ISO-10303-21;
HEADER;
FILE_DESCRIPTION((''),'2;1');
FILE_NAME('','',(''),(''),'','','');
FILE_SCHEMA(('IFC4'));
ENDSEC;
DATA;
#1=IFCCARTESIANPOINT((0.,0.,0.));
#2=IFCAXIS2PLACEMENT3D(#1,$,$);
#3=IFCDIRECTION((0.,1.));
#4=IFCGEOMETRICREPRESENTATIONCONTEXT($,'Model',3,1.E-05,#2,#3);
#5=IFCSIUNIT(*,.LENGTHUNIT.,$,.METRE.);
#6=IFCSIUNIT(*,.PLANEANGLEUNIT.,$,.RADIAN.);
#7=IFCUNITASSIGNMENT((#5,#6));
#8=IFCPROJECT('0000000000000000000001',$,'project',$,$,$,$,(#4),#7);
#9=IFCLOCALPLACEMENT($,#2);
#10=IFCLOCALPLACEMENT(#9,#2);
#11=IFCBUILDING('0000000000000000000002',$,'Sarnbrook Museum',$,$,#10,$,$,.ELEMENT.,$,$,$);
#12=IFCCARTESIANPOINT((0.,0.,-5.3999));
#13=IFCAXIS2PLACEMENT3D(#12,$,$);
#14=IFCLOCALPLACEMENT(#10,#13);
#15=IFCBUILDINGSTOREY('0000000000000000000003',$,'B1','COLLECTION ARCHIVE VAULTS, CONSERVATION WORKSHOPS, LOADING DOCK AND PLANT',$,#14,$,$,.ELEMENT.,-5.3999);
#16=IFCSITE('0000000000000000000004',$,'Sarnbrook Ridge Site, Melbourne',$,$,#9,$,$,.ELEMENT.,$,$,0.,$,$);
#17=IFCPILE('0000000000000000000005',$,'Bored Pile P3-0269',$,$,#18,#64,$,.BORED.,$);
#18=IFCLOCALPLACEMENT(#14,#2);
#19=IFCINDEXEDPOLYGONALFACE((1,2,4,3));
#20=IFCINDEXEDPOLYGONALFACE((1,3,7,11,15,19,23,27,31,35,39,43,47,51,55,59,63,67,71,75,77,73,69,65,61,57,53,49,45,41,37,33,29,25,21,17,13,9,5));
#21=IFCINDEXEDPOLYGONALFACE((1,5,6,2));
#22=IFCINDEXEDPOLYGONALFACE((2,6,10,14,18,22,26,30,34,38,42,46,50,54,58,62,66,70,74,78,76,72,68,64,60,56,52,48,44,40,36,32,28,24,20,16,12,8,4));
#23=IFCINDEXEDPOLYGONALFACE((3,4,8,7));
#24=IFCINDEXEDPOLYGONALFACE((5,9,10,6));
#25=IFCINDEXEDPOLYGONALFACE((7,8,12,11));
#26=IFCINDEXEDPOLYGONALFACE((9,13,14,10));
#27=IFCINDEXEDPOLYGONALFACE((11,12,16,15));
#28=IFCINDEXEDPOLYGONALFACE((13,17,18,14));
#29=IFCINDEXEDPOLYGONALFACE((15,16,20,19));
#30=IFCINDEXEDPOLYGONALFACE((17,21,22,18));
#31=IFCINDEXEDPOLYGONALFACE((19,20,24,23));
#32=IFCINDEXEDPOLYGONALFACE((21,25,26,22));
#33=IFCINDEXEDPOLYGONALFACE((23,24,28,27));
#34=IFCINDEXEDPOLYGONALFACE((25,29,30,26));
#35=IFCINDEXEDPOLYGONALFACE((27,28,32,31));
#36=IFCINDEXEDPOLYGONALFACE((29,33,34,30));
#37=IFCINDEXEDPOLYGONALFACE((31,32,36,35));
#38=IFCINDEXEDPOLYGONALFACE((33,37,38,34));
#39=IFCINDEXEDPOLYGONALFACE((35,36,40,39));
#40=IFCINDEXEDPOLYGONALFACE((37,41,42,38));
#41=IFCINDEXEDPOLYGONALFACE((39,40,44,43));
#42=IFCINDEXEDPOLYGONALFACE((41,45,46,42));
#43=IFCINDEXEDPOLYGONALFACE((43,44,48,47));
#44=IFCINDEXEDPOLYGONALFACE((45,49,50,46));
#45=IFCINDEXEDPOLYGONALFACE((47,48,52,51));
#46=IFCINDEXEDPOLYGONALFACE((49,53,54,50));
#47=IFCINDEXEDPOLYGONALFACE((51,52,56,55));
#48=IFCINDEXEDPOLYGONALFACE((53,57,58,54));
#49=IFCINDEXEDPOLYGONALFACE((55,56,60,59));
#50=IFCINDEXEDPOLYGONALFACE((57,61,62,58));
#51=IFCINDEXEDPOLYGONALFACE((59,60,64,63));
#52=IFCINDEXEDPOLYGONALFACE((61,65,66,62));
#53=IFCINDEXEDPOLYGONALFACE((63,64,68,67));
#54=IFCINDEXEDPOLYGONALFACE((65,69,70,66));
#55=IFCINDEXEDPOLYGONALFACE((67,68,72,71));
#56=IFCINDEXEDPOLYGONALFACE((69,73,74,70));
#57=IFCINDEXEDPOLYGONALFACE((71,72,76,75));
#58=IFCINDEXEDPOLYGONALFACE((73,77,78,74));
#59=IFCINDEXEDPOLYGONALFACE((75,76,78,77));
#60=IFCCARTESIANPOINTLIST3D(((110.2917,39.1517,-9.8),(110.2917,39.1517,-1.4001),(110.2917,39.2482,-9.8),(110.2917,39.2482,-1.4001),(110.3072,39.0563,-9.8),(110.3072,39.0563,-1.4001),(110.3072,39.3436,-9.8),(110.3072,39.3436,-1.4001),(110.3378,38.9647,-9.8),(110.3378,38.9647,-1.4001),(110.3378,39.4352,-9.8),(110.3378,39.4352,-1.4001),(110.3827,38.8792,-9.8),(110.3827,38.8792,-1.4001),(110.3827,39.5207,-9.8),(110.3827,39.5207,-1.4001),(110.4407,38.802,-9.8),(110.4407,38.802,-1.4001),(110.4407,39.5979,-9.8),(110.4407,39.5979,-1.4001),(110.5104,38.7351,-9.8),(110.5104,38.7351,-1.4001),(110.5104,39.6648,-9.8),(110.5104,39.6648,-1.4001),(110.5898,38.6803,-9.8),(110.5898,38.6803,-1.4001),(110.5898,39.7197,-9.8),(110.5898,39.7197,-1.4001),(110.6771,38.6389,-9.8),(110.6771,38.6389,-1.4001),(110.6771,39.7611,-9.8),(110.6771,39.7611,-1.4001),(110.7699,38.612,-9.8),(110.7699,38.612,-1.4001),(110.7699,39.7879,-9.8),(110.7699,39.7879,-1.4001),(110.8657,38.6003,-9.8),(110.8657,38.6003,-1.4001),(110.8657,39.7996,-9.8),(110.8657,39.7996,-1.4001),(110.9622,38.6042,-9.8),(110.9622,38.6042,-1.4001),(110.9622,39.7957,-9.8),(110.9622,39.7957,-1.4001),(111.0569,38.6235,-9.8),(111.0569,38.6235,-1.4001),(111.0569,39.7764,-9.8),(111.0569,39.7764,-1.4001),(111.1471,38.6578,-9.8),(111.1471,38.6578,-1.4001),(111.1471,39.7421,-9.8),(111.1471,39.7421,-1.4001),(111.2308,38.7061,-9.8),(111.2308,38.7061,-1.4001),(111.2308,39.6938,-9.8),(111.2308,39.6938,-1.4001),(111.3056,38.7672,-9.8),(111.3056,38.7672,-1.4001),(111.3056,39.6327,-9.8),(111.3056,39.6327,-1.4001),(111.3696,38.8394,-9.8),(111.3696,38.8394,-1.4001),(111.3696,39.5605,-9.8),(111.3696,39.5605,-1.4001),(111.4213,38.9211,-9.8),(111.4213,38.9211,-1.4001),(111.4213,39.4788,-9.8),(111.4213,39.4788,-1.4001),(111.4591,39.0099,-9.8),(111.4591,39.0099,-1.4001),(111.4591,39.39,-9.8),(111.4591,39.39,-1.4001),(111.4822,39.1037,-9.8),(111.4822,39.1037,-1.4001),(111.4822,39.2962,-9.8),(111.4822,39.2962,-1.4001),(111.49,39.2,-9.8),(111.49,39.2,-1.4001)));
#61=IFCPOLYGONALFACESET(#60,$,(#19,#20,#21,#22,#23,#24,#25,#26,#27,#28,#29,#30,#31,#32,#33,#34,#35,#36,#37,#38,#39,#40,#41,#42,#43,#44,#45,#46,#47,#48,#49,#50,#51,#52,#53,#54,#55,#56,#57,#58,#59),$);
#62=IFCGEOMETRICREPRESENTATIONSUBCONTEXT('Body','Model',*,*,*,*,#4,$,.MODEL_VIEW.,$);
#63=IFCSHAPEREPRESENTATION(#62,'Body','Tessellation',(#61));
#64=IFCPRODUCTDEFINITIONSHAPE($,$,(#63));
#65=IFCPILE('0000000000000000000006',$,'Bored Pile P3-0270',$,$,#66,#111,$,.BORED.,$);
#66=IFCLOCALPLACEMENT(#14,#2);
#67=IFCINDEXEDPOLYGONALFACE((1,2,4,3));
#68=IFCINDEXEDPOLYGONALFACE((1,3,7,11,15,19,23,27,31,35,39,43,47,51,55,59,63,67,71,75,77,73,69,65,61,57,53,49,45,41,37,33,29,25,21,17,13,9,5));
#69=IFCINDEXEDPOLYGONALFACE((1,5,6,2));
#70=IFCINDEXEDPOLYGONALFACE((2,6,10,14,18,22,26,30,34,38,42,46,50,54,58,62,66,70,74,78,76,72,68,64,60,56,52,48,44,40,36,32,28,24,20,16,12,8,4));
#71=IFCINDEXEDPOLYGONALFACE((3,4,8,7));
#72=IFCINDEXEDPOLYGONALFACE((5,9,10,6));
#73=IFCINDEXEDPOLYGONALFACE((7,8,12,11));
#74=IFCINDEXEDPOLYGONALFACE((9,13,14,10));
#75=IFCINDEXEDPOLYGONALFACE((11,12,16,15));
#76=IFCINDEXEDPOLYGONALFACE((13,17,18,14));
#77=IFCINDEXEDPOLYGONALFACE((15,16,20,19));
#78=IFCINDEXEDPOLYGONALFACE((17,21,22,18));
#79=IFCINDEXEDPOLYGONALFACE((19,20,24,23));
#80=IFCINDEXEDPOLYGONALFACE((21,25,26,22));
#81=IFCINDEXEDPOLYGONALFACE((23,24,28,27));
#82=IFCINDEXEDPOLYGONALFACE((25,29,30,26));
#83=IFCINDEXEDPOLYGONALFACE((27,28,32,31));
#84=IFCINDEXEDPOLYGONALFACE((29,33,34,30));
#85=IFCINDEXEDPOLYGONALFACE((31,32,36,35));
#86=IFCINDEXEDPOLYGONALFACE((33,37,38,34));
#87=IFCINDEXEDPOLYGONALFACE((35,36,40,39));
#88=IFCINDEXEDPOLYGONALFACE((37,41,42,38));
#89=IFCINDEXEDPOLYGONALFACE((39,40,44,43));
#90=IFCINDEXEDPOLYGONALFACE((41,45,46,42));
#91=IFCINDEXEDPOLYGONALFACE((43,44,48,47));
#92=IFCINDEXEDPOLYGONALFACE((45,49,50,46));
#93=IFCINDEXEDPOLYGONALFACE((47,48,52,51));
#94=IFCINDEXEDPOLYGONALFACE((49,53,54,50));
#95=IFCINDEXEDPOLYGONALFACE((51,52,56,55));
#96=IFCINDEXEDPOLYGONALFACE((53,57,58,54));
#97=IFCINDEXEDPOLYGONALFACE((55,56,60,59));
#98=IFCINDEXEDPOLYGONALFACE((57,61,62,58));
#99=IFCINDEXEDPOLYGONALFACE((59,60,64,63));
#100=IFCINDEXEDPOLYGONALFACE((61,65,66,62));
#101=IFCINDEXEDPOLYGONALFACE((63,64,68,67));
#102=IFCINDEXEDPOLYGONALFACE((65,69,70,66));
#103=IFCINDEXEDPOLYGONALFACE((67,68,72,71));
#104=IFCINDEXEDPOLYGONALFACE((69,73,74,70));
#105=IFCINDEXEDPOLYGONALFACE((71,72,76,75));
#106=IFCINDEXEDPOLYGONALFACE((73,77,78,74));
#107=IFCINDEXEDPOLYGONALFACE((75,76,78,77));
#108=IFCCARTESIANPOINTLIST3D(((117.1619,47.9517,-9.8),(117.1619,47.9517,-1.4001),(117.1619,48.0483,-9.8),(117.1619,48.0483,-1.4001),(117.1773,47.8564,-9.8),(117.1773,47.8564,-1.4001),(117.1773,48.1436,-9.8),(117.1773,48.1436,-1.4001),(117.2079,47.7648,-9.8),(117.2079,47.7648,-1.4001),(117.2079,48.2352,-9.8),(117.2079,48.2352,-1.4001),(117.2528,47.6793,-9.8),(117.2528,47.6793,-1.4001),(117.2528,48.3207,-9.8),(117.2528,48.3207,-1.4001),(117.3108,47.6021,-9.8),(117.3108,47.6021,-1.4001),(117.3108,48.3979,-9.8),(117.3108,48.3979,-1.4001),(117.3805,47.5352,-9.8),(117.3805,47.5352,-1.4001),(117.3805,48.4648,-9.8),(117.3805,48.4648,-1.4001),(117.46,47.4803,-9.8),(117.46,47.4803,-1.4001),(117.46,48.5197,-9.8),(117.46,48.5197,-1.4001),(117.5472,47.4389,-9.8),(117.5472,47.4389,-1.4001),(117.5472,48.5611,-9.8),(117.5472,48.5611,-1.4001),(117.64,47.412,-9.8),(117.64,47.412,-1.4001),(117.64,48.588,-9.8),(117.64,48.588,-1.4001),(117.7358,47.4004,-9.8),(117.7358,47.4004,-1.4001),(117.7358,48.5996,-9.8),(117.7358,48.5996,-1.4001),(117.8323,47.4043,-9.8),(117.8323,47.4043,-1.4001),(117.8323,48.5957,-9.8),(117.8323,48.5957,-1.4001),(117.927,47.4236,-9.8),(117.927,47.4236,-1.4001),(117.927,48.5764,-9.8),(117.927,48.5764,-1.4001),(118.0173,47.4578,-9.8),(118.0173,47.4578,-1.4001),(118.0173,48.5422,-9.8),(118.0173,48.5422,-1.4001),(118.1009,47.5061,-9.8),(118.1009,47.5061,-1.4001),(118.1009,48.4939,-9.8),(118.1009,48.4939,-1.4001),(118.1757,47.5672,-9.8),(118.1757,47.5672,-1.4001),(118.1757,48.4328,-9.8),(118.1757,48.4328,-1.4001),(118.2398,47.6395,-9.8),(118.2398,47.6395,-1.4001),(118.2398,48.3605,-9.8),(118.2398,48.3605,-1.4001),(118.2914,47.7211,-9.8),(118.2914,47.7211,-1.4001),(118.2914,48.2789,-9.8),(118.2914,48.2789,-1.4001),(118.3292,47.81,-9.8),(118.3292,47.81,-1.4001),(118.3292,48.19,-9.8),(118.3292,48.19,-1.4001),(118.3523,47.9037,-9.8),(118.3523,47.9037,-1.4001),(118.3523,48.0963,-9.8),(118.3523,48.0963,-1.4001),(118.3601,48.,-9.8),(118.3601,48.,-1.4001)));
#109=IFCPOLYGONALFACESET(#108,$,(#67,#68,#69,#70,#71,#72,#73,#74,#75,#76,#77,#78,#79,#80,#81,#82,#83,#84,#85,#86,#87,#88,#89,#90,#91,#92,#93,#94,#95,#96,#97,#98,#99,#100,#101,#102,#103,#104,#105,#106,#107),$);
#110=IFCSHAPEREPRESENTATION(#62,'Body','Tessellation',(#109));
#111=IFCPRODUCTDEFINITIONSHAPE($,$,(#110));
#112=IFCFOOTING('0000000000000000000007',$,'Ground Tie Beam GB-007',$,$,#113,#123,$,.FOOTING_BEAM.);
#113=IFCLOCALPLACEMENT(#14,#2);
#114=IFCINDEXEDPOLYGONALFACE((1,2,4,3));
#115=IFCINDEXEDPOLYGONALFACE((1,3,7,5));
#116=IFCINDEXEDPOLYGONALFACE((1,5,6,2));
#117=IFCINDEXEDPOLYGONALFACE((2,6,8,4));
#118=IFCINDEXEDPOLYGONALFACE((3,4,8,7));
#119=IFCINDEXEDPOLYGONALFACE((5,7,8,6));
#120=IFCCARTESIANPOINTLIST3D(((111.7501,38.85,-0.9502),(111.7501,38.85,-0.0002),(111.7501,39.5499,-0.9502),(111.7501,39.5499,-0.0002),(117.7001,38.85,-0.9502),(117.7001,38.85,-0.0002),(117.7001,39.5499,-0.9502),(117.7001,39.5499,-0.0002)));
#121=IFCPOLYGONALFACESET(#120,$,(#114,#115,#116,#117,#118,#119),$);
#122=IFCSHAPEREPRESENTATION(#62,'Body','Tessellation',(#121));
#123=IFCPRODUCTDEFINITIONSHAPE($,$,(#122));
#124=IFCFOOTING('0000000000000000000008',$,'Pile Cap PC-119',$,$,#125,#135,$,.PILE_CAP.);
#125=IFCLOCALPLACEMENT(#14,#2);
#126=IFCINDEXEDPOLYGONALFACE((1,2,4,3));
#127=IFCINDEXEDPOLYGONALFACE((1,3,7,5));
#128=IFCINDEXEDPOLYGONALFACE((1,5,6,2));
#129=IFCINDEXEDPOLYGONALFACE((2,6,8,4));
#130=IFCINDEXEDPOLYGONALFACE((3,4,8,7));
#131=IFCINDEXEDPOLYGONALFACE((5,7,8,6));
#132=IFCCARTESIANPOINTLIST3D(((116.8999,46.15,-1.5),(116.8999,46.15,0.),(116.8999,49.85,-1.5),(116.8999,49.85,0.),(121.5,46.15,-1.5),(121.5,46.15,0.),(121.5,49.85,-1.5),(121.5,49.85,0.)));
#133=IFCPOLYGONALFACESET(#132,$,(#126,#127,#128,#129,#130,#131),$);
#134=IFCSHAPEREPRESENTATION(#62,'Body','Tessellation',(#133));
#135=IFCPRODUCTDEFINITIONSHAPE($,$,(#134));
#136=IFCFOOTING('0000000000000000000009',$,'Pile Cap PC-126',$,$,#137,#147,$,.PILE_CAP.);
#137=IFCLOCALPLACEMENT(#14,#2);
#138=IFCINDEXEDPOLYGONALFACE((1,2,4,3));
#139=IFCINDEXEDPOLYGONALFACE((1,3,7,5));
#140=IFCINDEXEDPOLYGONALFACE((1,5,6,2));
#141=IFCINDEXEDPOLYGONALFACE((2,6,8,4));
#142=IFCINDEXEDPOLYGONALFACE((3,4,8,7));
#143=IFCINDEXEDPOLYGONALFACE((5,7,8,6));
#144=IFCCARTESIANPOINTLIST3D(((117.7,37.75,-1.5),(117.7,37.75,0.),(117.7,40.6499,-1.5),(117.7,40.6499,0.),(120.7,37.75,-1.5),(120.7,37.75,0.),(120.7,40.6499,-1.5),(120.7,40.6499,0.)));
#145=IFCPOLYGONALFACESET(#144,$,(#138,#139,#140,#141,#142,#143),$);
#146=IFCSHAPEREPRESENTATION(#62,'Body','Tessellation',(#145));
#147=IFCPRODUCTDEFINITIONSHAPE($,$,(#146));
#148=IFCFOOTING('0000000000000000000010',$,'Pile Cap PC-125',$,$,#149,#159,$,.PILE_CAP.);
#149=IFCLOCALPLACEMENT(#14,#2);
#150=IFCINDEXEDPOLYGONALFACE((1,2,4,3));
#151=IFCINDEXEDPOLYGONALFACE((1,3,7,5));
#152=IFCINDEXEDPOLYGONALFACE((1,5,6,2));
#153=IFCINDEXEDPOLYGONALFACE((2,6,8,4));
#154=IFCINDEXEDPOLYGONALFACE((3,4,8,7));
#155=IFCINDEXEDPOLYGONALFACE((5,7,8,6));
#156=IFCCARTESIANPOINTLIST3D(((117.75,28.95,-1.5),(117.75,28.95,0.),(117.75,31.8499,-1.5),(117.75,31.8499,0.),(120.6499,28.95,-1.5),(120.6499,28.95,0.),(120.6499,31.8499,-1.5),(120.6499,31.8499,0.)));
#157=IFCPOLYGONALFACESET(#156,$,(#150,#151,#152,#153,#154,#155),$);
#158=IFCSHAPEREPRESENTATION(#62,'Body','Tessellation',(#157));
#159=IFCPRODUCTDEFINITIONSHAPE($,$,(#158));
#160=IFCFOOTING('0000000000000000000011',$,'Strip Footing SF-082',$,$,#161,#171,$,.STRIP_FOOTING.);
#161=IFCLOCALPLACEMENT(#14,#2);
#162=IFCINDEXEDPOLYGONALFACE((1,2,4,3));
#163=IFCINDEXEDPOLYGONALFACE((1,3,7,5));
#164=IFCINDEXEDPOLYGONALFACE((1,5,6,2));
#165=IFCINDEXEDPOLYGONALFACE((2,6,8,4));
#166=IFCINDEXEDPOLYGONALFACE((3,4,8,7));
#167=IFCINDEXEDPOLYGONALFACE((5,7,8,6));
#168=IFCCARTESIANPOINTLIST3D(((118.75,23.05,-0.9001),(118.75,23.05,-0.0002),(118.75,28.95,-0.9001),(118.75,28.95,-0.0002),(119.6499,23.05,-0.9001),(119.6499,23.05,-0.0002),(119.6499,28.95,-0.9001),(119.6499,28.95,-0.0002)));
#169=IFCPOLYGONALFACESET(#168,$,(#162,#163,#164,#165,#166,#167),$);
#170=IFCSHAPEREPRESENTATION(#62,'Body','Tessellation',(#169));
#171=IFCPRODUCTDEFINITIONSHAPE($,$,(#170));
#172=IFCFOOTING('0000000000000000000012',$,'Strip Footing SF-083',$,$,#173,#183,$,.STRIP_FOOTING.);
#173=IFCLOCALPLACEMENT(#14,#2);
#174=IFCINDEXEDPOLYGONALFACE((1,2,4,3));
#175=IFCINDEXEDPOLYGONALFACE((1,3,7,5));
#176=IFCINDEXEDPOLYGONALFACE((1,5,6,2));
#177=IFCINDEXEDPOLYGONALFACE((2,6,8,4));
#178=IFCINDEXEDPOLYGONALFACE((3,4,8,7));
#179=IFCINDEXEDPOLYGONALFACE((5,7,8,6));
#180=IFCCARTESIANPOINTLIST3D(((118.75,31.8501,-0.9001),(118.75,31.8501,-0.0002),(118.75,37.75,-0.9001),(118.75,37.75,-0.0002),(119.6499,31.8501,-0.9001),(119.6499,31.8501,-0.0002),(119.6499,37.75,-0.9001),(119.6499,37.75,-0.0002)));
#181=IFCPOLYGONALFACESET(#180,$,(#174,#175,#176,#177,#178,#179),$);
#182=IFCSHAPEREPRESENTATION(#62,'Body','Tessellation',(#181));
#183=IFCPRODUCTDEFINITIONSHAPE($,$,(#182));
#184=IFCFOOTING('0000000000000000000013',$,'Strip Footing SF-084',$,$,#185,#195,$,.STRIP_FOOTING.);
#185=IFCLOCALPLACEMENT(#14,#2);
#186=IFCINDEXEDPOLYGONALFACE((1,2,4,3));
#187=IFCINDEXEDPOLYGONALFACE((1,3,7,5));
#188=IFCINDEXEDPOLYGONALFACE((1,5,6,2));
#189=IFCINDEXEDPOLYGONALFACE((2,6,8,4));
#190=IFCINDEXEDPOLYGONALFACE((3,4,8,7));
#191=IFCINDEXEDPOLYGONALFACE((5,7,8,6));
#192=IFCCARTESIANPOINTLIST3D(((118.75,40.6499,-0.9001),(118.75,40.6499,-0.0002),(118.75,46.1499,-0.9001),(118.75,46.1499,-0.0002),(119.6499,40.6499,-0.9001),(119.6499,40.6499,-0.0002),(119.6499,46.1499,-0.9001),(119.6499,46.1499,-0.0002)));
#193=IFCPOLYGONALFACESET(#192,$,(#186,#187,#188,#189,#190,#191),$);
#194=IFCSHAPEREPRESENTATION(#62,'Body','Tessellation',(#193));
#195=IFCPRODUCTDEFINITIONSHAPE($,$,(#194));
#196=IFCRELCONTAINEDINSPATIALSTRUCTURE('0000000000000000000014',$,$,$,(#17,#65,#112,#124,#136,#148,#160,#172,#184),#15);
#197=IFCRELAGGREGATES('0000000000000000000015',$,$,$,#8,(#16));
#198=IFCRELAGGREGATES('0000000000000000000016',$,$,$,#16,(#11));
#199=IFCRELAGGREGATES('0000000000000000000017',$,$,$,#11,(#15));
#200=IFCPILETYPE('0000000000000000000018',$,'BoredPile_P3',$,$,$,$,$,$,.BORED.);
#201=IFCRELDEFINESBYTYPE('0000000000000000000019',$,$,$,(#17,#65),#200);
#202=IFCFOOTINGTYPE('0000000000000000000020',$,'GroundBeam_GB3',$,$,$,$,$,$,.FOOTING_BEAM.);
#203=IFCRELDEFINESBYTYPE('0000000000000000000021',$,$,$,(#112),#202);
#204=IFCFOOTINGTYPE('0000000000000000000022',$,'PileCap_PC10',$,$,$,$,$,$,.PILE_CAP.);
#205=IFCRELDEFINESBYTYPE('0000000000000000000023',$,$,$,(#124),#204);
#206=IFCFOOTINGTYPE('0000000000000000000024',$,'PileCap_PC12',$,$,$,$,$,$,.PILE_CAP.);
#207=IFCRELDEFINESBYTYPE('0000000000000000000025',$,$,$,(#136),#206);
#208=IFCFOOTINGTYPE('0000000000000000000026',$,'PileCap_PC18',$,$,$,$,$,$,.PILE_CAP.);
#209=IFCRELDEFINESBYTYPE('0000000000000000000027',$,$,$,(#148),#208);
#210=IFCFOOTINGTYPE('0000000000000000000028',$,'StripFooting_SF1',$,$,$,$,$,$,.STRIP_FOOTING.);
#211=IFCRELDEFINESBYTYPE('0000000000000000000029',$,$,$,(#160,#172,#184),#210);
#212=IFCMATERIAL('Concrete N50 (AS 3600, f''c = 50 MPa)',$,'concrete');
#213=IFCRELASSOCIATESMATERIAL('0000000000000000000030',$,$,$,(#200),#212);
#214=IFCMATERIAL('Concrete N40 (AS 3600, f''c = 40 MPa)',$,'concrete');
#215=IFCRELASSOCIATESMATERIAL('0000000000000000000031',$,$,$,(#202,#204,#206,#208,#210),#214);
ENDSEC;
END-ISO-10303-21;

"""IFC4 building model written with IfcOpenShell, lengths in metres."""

from ifc_helpers import new_model, si_unit, direction, frame, origin, origin_2d, place, context, subcontext, project, spatial, rectangle, circle, extrude, material, material_profile, profile_set, type_object, element, save


model = new_model("IFC4")

# Units and contexts
model_context = context("Model", 3, precision=1e-05, world=origin(), true_north=direction((0.0, 1.0)))
body_context = subcontext(model_context, "Body", "Model", "MODEL_VIEW")
ifc_project = project(units=[si_unit("LENGTHUNIT", "METRE"), si_unit("PLANEANGLEUNIT", "RADIAN")], contexts=[model_context])

# Site, building, storey
site_placement = place(None, origin())
site = spatial("IfcSite", under=ifc_project, at=site_placement, Name="Sarnbrook Ridge Site, Melbourne", CompositionType="ELEMENT", RefElevation=0.0)
building_placement = place(site_placement, origin())
building = spatial("IfcBuilding", under=site, at=building_placement, Name="Sarnbrook Museum", CompositionType="ELEMENT")
storey_placement = place(building_placement, frame((0.0, 0.0, -5.3999)))
storey = spatial("IfcBuildingStorey", under=building, at=storey_placement, Name="B1", Description="COLLECTION ARCHIVE VAULTS, CONSERVATION WORKSHOPS, LOADING DOCK AND PLANT", CompositionType="ELEMENT", Elevation=-5.3999)

# Piles
ifc_material_1 = material(Name="Concrete N50 (AS 3600, f'c = 50 MPa)", Category="concrete")
ifc_material_profile_1 = material_profile(ifc_material_1, circle(Radius=0.6001, at=origin_2d()), Name="BORED PILE D1200")
ifc_profile_set_1 = profile_set([ifc_material_profile_1], Name="Concrete N50 (AS 3600, f'c = 50 MPa)")
pile_type_1 = type_object("IfcPileType", Name="BoredPile_P3", PredefinedType="BORED", material=ifc_profile_set_1)
for number, where, z_axis, x_axis, name in (
    (1, (110.8899, 39.2, -1.4001), (0.0, 0.0, -1.0), (1.0, 0.0, 0.0), "Bored Pile P3-0269"),
    (2, (117.76, 48.0, -1.4001), (0.0, 0.0, -1.0), (1.0, 0.0, 0.0), "Bored Pile P3-0270"),
):
    element("IfcPile", number, at=place(storey_placement, frame(where, z_axis=z_axis, x_axis=x_axis)), inside=storey, type_object=pile_type_1, Name=name, PredefinedType="BORED", context=body_context, shape_type="SweptSolid", body=[
        extrude(circle(Radius=0.6001, at=origin_2d()), origin(), (0.0, 0.0, 1.0), 8.3999),
    ])

# Footings
ifc_material_2 = material(Name="Concrete N40 (AS 3600, f'c = 40 MPa)", Category="concrete")
footing_type_1 = type_object("IfcFootingType", Name="GroundBeam_GB3", PredefinedType="FOOTING_BEAM", material=ifc_material_2)
footing_1_placement = place(storey_placement, frame((114.7251, 39.2, -0.9502), z_axis=(0.0, 0.0, 1.0), x_axis=(1.0, 0.0, 0.0)))
element("IfcFooting", 3, at=footing_1_placement, inside=storey, type_object=footing_type_1, Name="Ground Tie Beam GB-007", PredefinedType="FOOTING_BEAM", context=body_context, shape_type="SweptSolid", body=[
    extrude(rectangle(XDim=5.95, YDim=0.7, at=origin_2d()), origin(), (0.0, 0.0, 1.0), 0.95),
])
footing_type_2 = type_object("IfcFootingType", Name="PileCap_PC10", PredefinedType="PILE_CAP", material=ifc_material_2)
footing_2_placement = place(storey_placement, frame((119.2, 48.0, -1.5), z_axis=(0.0, 0.0, 1.0), x_axis=(1.0, 0.0, 0.0)))
element("IfcFooting", 4, at=footing_2_placement, inside=storey, type_object=footing_type_2, Name="Pile Cap PC-119", PredefinedType="PILE_CAP", context=body_context, shape_type="SweptSolid", body=[
    extrude(rectangle(XDim=4.6001, YDim=3.7, at=origin_2d()), origin(), (0.0, 0.0, 1.0), 1.5),
])
footing_type_3 = type_object("IfcFootingType", Name="PileCap_PC12", PredefinedType="PILE_CAP", material=ifc_material_2)
footing_3_placement = place(storey_placement, frame((119.2, 39.2, -1.5), z_axis=(0.0, 0.0, 1.0), x_axis=(1.0, 0.0, 0.0)))
element("IfcFooting", 5, at=footing_3_placement, inside=storey, type_object=footing_type_3, Name="Pile Cap PC-126", PredefinedType="PILE_CAP", context=body_context, shape_type="SweptSolid", body=[
    extrude(rectangle(XDim=3.0, YDim=2.8999, at=origin_2d()), origin(), (0.0, 0.0, 1.0), 1.5),
])
footing_type_4 = type_object("IfcFootingType", Name="PileCap_PC18", PredefinedType="PILE_CAP", material=ifc_material_2)
footing_4_placement = place(storey_placement, frame((119.2, 30.3999, -1.5), z_axis=(0.0, 0.0, 1.0), x_axis=(1.0, 0.0, 0.0)))
element("IfcFooting", 6, at=footing_4_placement, inside=storey, type_object=footing_type_4, Name="Pile Cap PC-125", PredefinedType="PILE_CAP", context=body_context, shape_type="SweptSolid", body=[
    extrude(rectangle(XDim=2.8999, YDim=2.8999, at=origin_2d()), origin(), (0.0, 0.0, 1.0), 1.5),
])
footing_type_5 = type_object("IfcFootingType", Name="StripFooting_SF1", PredefinedType="STRIP_FOOTING", material=ifc_material_2)
for number, where, z_axis, x_axis, name in (
    (7, (119.2, 26.0, -0.9001), (0.0, 0.0, 1.0), (1.0, 0.0, 0.0), "Strip Footing SF-082"),
    (8, (119.2, 34.8, -0.9001), (0.0, 0.0, 1.0), (1.0, 0.0, 0.0), "Strip Footing SF-083"),
):
    element("IfcFooting", number, at=place(storey_placement, frame(where, z_axis=z_axis, x_axis=x_axis)), inside=storey, type_object=footing_type_5, Name=name, PredefinedType="STRIP_FOOTING", context=body_context, shape_type="SweptSolid", body=[
        extrude(rectangle(XDim=0.8999, YDim=5.8999, at=origin_2d()), origin(), (0.0, 0.0, 1.0), 0.8999),
    ])
footing_5_placement = place(storey_placement, frame((119.2, 43.3999, -0.9001), z_axis=(0.0, 0.0, 1.0), x_axis=(1.0, 0.0, 0.0)))
element("IfcFooting", 9, at=footing_5_placement, inside=storey, type_object=footing_type_5, Name="Strip Footing SF-084", PredefinedType="STRIP_FOOTING", context=body_context, shape_type="SweptSolid", body=[
    extrude(rectangle(XDim=0.8999, YDim=5.5, at=origin_2d()), origin(), (0.0, 0.0, 1.0), 0.8999),
])

save(model, "model.ifc")
